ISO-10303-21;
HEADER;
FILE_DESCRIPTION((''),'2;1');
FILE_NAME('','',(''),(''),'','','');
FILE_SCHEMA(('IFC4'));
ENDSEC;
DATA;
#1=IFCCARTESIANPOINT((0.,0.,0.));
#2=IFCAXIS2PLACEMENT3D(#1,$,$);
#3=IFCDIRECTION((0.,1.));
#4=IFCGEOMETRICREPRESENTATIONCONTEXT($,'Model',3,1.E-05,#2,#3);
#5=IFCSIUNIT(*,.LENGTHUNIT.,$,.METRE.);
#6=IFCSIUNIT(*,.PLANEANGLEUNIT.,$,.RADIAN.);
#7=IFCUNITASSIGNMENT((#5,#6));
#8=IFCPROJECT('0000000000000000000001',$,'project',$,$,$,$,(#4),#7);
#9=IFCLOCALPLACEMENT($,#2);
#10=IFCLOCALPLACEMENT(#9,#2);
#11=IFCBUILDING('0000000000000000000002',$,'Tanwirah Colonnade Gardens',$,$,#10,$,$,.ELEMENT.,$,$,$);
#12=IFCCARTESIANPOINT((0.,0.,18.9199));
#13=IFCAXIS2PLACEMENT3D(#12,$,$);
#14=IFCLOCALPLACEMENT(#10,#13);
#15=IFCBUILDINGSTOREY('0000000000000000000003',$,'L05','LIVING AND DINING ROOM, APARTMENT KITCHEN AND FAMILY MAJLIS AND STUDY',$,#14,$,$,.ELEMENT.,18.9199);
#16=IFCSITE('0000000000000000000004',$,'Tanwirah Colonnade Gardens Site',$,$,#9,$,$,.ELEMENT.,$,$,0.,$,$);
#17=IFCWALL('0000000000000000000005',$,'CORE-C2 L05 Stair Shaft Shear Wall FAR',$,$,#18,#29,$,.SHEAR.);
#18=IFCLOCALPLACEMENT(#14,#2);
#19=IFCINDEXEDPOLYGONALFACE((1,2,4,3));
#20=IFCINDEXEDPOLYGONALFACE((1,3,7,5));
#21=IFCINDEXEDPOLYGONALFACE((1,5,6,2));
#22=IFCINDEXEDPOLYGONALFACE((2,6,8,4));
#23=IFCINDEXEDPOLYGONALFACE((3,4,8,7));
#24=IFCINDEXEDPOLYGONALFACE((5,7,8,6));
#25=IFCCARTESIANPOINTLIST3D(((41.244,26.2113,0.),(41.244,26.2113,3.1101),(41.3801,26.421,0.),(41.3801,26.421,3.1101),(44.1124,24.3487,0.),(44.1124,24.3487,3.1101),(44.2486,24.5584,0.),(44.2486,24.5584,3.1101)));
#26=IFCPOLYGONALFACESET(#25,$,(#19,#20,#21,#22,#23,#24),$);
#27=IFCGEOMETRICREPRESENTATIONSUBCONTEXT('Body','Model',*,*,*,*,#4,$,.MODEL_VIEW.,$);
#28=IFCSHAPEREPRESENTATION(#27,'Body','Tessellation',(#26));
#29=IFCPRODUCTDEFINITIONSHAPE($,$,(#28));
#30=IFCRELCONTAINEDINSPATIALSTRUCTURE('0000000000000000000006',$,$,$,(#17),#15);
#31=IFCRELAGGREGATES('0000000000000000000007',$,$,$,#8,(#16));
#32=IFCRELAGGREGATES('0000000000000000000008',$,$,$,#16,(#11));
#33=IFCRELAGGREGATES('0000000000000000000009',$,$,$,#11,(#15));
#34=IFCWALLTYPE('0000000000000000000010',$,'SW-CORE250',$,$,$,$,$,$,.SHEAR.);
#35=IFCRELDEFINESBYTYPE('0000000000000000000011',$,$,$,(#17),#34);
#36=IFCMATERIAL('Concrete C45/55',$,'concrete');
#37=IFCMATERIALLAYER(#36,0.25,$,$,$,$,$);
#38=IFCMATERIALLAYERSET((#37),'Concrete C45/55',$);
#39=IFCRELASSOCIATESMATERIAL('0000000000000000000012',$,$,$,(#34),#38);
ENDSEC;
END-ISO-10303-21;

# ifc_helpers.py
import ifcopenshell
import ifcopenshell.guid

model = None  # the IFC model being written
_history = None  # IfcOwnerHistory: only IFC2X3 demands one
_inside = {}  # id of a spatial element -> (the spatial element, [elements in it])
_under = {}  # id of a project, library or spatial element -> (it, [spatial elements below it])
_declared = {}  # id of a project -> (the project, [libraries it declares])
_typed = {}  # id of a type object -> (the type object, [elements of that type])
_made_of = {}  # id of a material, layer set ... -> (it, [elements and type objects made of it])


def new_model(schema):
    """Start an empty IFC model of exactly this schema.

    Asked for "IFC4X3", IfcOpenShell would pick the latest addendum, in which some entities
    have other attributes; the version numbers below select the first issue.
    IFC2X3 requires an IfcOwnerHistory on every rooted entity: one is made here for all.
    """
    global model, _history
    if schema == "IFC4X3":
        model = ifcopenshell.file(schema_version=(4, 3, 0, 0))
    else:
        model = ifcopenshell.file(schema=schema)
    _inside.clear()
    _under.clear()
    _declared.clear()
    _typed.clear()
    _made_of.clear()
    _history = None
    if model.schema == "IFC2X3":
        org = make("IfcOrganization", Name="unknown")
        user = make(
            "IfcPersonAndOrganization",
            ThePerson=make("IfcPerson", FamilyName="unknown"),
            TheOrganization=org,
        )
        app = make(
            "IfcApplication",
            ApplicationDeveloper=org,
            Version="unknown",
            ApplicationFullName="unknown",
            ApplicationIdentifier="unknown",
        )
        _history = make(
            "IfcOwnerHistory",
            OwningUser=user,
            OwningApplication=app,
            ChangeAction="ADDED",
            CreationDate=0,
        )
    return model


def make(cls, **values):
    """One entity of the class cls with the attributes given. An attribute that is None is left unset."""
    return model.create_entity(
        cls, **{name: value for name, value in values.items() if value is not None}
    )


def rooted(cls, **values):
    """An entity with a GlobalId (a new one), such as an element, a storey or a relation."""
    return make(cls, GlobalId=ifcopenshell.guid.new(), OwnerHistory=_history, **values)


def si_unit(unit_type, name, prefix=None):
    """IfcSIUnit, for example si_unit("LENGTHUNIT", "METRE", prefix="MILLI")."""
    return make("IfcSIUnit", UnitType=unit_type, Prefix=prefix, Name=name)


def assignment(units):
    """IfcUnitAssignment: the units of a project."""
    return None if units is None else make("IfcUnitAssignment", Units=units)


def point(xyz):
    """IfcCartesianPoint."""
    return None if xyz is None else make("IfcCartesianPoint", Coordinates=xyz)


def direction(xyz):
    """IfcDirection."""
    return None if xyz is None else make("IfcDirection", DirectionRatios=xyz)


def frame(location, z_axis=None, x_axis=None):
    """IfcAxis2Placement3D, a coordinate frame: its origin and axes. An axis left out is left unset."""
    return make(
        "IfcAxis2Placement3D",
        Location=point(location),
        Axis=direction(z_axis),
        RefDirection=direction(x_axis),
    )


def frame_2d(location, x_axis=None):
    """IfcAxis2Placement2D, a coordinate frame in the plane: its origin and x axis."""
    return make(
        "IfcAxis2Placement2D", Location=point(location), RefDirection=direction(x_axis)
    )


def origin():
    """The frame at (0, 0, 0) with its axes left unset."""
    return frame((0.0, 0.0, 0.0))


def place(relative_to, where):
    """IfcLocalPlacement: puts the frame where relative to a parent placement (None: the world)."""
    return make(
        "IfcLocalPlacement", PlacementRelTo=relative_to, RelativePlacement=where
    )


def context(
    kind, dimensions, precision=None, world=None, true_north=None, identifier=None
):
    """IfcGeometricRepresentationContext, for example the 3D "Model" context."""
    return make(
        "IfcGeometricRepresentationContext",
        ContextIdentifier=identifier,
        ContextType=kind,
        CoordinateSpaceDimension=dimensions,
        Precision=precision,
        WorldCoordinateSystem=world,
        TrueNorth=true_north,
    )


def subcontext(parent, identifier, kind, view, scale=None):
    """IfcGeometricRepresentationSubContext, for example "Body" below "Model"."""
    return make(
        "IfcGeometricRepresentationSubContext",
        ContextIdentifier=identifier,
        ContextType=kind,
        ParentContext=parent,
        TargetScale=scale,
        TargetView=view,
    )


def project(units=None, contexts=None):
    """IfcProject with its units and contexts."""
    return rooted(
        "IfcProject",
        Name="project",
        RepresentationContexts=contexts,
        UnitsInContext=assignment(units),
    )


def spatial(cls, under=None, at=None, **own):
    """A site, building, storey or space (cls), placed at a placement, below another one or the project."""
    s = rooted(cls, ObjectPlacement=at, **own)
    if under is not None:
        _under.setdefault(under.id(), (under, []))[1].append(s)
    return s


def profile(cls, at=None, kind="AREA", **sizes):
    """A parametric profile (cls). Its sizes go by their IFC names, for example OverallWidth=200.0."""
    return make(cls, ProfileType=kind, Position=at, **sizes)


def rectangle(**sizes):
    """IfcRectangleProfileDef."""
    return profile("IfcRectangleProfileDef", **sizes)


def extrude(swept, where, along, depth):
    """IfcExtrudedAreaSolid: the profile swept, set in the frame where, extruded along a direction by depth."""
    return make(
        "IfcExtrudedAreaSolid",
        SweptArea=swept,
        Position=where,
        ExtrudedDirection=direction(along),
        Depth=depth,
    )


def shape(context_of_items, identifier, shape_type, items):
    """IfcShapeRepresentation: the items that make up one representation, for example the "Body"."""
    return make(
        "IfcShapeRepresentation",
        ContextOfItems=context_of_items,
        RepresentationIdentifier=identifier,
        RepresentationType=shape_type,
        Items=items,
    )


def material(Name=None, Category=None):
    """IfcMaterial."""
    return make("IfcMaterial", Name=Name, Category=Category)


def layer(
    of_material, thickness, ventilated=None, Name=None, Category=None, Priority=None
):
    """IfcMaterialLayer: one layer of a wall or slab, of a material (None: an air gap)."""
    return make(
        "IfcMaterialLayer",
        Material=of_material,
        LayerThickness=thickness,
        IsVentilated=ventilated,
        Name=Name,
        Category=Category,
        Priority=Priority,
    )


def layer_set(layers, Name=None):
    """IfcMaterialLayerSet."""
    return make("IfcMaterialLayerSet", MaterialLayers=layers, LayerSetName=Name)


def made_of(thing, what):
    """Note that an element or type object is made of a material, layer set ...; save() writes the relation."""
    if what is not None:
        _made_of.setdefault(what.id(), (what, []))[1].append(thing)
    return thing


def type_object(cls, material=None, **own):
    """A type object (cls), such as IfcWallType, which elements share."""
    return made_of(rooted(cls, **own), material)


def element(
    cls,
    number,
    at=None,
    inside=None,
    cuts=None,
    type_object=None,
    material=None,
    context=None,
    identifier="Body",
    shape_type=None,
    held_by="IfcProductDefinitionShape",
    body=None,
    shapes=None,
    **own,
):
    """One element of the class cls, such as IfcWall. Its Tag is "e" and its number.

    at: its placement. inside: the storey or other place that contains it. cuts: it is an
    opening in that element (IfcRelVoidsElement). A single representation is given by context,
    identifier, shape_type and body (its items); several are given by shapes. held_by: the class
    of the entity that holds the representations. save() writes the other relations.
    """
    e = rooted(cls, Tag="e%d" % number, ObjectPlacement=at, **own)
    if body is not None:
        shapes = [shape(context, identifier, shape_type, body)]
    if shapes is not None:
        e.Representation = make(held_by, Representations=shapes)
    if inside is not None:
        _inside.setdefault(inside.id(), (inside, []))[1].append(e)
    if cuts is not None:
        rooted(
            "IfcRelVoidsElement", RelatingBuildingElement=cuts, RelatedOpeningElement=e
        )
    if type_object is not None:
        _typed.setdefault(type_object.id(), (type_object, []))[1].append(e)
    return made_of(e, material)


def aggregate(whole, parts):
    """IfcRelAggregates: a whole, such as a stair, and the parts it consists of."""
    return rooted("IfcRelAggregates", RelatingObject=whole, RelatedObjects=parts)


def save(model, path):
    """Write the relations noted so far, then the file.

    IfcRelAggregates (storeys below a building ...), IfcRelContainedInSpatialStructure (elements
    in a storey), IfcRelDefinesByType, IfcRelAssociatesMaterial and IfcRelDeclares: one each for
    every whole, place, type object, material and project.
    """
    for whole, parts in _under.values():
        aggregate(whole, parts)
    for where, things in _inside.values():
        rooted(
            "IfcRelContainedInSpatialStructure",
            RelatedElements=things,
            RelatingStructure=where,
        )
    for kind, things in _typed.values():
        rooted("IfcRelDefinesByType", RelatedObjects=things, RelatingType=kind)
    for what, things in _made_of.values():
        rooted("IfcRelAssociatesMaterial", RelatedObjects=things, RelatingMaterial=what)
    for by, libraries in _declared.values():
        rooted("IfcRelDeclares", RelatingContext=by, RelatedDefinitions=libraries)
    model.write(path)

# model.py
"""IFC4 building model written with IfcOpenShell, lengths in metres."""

from ifc_helpers import new_model, si_unit, direction, frame, frame_2d, origin, place, context, subcontext, project, spatial, rectangle, extrude, material, layer, layer_set, type_object, element, save


model = new_model("IFC4")

# Units and contexts
model_context = context("Model", 3, precision=1e-05, world=origin(), true_north=direction((0.0, 1.0)))
body_context = subcontext(model_context, "Body", "Model", "MODEL_VIEW")
ifc_project = project(units=[si_unit("LENGTHUNIT", "METRE"), si_unit("PLANEANGLEUNIT", "RADIAN")], contexts=[model_context])

# Site, building, storey
site_placement = place(None, origin())
site = spatial("IfcSite", under=ifc_project, at=site_placement, Name="Tanwirah Colonnade Gardens Site", CompositionType="ELEMENT", RefElevation=0.0)
building_placement = place(site_placement, origin())
building = spatial("IfcBuilding", under=site, at=building_placement, Name="Tanwirah Colonnade Gardens", CompositionType="ELEMENT")
storey_placement = place(building_placement, frame((0.0, 0.0, 18.9199)))
storey = spatial("IfcBuildingStorey", under=building, at=storey_placement, Name="L05", Description="LIVING AND DINING ROOM, APARTMENT KITCHEN AND FAMILY MAJLIS AND STUDY", CompositionType="ELEMENT", Elevation=18.9199)

# Wall
ifc_material_1 = material(Name="Concrete C45/55", Category="concrete")
ifc_layer_1 = layer(ifc_material_1, 0.25)
ifc_layer_set_1 = layer_set([ifc_layer_1], Name="Concrete C45/55")
wall_type_1 = type_object("IfcWallType", Name="SW-CORE250", PredefinedType="SHEAR", material=ifc_layer_set_1)
wall_1_placement = place(storey_placement, frame((44.1804, 24.4536, 0.0), z_axis=(0.0, 0.0, 1.0), x_axis=(-0.8387, 0.544594, 0.0)))
element("IfcWall", 1, at=wall_1_placement, inside=storey, type_object=wall_type_1, Name="CORE-C2 L05 Stair Shaft Shear Wall FAR", PredefinedType="SHEAR", context=body_context, shape_type="SweptSolid", body=[
    extrude(rectangle(XDim=3.4202, YDim=0.25, at=frame_2d((1.71, 0.0))), origin(), (0.0, 0.0, 1.0), 3.1101),
])

save(model, "model.ifc")
